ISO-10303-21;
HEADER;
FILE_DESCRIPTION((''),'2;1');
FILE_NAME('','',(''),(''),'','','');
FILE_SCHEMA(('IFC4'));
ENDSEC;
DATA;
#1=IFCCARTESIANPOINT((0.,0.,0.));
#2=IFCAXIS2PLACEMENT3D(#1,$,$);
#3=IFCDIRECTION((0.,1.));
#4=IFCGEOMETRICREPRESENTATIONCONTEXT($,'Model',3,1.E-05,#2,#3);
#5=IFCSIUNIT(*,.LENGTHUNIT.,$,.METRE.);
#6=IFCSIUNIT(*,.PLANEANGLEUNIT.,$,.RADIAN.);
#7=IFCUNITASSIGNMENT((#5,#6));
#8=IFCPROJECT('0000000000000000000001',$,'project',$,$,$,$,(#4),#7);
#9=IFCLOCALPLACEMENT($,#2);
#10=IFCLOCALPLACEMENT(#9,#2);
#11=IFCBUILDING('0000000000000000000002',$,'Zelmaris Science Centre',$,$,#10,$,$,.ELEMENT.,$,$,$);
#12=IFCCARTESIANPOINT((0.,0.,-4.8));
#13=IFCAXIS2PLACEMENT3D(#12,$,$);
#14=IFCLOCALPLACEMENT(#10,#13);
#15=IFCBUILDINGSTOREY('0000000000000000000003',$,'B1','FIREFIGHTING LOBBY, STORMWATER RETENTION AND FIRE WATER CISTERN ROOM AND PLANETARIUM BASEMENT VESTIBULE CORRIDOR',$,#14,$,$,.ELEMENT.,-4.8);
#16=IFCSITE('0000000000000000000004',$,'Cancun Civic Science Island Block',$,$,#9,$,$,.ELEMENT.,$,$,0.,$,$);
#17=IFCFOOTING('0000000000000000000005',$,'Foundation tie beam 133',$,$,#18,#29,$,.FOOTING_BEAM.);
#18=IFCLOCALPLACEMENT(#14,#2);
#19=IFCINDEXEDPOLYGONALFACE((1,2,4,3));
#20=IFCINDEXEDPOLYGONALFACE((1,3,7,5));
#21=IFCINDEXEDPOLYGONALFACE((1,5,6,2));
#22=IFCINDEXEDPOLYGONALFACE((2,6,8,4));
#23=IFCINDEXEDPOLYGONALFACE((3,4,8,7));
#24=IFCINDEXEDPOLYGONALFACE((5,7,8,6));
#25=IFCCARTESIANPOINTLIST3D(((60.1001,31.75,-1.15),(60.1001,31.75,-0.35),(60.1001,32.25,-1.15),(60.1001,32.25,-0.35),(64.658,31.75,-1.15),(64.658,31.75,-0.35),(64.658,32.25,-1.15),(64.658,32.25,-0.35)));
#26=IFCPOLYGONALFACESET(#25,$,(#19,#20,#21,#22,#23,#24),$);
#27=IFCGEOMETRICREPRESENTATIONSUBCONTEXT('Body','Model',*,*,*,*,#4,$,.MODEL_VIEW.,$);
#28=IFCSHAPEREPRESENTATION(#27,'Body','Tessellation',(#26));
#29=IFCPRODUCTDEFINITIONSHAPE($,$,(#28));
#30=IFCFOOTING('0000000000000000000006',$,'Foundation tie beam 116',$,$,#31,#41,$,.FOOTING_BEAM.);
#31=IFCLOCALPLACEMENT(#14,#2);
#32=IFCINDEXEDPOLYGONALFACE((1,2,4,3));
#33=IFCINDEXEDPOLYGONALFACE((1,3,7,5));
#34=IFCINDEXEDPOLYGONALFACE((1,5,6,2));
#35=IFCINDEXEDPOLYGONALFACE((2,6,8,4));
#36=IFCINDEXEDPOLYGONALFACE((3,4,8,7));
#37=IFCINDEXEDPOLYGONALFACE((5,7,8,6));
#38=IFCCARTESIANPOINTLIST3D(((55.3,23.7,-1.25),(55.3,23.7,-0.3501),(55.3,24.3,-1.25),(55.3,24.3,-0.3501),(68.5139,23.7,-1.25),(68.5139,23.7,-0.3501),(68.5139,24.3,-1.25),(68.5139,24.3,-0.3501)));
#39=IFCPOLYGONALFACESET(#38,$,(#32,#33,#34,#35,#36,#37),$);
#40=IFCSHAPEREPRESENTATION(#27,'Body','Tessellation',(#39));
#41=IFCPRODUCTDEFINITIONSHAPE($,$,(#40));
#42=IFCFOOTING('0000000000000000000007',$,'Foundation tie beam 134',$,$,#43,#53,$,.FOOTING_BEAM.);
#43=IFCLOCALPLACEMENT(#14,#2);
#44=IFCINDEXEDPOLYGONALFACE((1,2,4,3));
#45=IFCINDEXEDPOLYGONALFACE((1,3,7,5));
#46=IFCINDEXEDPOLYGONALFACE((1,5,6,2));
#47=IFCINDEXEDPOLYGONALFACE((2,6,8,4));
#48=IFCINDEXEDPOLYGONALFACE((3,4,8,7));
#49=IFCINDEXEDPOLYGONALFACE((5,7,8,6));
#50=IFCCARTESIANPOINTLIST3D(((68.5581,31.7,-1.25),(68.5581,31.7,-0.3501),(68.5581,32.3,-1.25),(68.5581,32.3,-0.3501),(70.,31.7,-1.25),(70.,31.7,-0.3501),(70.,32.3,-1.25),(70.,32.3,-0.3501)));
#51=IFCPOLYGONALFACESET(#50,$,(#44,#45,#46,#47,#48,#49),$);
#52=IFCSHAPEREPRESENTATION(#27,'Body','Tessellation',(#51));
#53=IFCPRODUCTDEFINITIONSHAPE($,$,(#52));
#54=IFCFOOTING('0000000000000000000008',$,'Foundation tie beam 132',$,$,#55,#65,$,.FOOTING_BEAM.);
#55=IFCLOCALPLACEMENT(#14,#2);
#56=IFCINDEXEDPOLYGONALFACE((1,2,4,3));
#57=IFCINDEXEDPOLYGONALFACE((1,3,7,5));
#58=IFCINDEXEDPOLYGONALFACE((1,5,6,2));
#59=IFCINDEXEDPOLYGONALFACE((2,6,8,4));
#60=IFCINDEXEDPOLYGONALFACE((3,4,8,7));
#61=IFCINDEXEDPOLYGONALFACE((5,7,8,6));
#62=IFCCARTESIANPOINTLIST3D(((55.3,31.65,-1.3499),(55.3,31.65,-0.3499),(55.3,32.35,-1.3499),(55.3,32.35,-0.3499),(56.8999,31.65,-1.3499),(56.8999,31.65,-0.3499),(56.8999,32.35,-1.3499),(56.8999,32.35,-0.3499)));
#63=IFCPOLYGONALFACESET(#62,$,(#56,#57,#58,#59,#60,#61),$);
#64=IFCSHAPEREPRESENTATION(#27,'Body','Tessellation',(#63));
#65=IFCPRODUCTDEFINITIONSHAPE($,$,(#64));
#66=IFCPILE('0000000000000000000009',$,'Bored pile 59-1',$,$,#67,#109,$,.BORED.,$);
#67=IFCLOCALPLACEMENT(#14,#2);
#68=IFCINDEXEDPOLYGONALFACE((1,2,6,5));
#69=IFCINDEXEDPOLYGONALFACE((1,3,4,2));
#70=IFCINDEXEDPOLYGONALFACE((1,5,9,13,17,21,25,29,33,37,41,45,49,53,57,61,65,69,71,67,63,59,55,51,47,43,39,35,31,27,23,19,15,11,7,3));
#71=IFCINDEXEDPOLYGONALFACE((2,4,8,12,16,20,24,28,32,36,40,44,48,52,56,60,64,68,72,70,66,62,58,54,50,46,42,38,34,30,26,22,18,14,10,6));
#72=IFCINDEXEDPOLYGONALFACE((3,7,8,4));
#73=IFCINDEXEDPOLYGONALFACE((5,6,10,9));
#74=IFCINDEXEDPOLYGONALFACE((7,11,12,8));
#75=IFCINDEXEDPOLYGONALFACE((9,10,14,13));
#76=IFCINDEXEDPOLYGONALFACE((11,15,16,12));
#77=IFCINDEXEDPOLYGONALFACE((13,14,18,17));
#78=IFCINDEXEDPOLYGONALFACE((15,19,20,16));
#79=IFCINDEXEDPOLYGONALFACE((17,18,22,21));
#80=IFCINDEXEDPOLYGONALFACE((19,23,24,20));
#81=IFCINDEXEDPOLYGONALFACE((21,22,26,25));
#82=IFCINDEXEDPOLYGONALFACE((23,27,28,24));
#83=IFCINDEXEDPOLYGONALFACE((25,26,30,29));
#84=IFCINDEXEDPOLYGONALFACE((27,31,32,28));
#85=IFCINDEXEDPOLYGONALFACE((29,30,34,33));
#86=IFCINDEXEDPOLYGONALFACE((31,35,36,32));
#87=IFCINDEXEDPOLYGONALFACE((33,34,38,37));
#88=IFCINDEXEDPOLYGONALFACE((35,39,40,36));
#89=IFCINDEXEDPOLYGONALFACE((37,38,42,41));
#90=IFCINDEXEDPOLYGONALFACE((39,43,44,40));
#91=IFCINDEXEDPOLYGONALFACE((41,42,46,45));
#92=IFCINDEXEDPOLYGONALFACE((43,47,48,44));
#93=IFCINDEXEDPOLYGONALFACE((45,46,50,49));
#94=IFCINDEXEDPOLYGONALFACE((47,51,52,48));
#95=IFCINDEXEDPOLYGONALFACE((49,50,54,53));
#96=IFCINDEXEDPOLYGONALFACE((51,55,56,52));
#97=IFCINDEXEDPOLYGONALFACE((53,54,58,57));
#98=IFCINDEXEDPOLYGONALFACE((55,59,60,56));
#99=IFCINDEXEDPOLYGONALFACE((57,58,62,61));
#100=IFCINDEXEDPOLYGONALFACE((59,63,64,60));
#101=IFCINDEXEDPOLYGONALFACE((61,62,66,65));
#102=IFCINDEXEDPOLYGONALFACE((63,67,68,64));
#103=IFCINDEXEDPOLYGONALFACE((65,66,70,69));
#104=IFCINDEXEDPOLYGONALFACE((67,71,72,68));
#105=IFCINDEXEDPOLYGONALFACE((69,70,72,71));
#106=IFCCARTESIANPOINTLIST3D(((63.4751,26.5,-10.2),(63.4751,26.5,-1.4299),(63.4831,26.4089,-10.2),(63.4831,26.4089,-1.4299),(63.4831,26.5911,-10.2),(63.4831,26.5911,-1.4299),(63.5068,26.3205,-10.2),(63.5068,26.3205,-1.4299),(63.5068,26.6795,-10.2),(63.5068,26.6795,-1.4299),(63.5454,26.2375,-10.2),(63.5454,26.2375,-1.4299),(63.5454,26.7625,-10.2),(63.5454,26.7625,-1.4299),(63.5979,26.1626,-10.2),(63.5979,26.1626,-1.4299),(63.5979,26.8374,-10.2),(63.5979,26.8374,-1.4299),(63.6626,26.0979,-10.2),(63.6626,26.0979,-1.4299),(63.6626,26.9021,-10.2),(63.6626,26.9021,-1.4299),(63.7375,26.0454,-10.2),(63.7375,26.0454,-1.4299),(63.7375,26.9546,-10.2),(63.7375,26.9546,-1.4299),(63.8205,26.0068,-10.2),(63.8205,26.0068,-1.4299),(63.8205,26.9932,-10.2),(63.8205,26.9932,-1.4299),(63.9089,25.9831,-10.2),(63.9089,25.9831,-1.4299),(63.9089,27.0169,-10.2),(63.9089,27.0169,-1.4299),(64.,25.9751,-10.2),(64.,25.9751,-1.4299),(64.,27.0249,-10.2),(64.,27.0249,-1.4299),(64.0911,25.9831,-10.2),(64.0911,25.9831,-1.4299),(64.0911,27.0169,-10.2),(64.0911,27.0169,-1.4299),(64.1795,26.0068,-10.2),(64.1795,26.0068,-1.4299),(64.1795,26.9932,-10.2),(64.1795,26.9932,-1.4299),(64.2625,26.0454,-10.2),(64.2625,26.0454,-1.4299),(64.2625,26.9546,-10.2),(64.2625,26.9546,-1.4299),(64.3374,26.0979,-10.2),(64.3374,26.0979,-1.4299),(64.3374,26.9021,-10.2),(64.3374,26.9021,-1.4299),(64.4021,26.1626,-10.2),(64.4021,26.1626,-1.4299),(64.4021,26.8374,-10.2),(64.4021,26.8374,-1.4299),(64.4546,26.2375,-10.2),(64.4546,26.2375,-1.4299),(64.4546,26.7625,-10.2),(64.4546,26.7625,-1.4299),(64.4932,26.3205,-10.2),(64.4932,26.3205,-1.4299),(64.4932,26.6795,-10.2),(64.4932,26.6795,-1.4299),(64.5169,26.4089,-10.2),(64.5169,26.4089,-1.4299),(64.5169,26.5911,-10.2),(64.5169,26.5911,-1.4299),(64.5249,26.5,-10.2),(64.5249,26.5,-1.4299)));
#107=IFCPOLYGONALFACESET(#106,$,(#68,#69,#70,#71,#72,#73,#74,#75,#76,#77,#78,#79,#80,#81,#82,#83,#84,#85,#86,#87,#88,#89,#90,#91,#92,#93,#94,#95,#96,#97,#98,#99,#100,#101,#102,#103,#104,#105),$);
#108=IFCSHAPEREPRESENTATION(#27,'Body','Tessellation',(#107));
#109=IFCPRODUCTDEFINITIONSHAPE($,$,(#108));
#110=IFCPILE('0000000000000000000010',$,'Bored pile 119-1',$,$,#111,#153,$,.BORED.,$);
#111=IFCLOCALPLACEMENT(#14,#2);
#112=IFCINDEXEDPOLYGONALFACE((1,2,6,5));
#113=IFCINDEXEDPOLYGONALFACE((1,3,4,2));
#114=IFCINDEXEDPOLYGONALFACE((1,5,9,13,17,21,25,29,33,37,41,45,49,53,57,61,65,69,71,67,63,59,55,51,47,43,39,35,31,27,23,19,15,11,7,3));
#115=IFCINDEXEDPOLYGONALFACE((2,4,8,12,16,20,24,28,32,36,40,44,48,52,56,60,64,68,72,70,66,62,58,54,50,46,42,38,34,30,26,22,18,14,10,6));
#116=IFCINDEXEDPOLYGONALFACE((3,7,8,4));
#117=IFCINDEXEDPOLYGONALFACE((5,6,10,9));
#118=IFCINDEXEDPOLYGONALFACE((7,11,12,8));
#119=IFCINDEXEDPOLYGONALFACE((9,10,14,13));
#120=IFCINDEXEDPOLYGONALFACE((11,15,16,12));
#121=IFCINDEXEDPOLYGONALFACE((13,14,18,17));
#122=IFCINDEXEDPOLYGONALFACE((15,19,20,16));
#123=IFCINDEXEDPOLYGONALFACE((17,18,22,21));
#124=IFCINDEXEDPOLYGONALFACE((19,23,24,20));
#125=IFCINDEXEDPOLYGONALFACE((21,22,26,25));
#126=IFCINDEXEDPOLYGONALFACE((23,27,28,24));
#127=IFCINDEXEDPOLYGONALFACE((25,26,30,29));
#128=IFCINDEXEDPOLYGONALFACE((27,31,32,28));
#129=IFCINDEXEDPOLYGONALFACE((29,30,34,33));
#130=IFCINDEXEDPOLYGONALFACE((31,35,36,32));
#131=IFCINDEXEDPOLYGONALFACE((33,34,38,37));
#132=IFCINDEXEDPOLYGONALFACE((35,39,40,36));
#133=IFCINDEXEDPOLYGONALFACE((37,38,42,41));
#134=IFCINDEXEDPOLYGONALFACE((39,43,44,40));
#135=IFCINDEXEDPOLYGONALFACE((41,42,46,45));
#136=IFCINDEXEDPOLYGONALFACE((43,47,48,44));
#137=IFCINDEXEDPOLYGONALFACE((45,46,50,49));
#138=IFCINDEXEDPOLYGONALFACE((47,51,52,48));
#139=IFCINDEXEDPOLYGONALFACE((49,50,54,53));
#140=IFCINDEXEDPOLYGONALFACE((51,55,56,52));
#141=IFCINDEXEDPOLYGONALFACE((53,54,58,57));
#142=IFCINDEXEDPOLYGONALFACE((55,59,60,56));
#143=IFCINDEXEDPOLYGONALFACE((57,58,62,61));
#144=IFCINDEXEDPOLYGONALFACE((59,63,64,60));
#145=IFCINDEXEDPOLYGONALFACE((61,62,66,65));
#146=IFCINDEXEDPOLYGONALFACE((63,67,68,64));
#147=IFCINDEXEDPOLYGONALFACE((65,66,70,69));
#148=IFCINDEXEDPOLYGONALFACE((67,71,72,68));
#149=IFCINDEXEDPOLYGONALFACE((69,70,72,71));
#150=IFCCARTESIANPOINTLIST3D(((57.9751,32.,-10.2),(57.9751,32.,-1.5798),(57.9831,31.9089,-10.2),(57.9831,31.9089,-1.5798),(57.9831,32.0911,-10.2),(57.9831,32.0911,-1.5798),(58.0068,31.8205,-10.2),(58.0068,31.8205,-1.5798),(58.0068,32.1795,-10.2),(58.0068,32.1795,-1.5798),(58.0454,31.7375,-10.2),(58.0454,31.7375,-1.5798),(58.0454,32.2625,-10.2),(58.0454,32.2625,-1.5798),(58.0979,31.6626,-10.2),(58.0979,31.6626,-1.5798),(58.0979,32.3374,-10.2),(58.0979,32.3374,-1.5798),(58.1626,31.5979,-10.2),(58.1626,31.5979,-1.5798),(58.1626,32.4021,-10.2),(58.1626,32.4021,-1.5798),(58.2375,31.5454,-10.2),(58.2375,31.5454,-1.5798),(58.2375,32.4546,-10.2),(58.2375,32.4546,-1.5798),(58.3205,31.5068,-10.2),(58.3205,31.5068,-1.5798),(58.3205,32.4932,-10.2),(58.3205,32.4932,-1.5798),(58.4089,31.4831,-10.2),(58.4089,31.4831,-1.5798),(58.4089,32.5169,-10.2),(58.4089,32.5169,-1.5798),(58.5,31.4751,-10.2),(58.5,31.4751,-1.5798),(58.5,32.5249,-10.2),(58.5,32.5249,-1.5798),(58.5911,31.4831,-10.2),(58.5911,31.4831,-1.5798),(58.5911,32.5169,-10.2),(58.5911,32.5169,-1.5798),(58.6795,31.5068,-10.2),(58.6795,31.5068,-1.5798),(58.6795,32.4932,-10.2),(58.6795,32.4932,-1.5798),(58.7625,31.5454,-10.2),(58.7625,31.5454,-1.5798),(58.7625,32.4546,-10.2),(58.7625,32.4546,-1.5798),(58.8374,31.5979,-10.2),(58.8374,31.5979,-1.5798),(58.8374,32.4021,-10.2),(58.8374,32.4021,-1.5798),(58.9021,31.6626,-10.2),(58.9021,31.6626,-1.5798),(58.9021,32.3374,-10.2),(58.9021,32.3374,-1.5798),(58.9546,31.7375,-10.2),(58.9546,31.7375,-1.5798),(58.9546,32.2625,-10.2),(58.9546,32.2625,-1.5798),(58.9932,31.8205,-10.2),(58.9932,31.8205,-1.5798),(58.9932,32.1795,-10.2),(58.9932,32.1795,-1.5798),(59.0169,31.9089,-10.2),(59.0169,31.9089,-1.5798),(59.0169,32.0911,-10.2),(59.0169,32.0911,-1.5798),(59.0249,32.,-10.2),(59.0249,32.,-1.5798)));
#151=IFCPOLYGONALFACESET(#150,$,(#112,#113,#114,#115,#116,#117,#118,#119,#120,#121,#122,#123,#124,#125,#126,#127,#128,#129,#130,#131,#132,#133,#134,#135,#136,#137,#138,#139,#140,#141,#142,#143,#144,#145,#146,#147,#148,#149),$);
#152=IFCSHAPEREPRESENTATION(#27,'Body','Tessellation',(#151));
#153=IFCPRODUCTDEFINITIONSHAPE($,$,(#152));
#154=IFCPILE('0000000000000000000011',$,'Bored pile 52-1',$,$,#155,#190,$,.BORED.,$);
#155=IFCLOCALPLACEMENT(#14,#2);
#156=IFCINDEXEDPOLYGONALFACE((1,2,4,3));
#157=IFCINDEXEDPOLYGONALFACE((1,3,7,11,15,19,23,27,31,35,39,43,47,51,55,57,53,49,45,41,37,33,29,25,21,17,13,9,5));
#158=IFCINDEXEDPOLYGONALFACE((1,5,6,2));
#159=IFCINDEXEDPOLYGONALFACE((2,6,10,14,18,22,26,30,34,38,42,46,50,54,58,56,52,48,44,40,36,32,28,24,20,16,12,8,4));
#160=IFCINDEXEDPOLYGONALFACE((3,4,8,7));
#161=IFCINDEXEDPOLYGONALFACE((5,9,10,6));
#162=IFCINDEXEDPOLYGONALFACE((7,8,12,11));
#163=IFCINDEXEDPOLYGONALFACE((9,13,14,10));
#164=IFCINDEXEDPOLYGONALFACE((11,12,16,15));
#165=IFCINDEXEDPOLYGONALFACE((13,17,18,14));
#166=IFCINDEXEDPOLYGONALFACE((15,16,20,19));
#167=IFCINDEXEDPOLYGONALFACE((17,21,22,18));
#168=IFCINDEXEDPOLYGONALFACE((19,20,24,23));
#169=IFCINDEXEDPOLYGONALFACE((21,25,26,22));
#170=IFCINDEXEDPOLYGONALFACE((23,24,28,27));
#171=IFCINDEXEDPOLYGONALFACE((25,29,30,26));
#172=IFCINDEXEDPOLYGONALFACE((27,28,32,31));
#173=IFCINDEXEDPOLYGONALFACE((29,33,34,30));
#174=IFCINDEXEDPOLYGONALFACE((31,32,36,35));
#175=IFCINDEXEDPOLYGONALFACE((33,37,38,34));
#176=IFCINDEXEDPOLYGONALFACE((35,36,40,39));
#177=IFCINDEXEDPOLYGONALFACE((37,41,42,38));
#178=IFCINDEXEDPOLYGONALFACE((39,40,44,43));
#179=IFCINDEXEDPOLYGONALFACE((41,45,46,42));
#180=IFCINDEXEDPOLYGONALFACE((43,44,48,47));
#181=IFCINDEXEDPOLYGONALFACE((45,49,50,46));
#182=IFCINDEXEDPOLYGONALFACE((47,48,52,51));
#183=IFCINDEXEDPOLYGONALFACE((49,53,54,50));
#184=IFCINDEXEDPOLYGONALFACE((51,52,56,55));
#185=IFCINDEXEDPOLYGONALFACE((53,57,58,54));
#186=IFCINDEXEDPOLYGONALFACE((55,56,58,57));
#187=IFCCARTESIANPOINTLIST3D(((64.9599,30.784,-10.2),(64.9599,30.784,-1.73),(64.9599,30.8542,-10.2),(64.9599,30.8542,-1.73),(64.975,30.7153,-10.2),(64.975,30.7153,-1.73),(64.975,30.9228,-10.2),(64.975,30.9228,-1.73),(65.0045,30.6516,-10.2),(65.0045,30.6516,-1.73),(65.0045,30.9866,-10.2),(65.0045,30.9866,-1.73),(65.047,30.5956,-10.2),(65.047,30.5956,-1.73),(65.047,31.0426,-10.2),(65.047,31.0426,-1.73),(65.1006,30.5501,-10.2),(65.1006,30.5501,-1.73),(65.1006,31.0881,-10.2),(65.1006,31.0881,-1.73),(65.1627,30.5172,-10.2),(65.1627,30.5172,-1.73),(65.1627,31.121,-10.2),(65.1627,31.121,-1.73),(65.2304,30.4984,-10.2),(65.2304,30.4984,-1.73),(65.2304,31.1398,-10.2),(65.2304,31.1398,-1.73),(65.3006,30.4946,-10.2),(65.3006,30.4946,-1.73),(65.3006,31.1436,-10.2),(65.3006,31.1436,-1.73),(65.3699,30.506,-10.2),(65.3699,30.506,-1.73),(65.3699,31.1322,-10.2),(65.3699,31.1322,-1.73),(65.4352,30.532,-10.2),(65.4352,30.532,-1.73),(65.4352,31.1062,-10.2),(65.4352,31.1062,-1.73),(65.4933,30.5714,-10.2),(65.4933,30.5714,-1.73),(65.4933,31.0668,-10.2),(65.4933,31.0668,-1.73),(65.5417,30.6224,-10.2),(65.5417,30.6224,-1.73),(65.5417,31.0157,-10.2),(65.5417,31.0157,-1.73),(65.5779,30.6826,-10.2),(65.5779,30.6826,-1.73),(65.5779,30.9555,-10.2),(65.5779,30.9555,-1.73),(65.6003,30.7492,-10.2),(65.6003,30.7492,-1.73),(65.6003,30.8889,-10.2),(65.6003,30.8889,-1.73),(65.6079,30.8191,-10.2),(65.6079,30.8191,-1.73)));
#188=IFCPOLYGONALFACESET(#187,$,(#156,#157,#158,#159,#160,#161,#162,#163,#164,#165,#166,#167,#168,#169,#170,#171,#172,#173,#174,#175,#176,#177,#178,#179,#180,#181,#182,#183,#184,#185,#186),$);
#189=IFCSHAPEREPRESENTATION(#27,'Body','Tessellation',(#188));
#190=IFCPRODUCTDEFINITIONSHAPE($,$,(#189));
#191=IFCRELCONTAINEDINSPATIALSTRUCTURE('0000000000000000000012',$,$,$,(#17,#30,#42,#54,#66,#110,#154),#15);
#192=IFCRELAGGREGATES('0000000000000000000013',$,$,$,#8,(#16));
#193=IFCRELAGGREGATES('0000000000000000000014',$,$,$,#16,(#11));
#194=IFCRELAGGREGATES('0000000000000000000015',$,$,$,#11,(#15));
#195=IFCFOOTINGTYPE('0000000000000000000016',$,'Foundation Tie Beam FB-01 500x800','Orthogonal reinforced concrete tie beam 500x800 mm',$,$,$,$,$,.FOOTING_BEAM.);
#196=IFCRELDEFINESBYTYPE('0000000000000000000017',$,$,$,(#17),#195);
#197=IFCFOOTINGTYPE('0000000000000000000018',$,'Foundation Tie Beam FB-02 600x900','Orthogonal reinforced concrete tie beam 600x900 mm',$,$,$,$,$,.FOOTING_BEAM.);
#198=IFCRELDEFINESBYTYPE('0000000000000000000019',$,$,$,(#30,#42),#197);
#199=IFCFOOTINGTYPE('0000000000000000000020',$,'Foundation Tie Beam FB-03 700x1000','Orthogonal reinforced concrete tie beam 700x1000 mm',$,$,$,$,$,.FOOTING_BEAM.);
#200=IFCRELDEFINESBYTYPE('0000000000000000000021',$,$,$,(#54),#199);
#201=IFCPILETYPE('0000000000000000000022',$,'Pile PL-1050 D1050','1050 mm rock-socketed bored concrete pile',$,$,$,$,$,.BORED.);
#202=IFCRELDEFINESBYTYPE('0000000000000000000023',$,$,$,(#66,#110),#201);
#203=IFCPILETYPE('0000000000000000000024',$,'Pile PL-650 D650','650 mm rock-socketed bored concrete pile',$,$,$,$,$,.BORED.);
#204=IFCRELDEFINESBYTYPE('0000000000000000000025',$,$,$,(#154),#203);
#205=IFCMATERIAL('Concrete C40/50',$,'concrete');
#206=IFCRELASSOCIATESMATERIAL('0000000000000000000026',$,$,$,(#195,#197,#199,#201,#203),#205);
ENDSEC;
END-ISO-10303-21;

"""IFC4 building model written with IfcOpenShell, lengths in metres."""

from ifc_helpers import new_model, si_unit, direction, frame, origin, origin_2d, place, context, subcontext, project, spatial, rectangle, circle, extrude, material, material_profile, profile_set, type_object, element, save


model = new_model("IFC4")

# Units and contexts
model_context = context("Model", 3, precision=1e-05, world=origin(), true_north=direction((0.0, 1.0)))
body_context = subcontext(model_context, "Body", "Model", "MODEL_VIEW")
ifc_project = project(units=[si_unit("LENGTHUNIT", "METRE"), si_unit("PLANEANGLEUNIT", "RADIAN")], contexts=[model_context])

# Site, building, storey
site_placement = place(None, origin())
site = spatial("IfcSite", under=ifc_project, at=site_placement, Name="Cancun Civic Science Island Block", CompositionType="ELEMENT", RefElevation=0.0)
building_placement = place(site_placement, origin())
building = spatial("IfcBuilding", under=site, at=building_placement, Name="Zelmaris Science Centre", CompositionType="ELEMENT")
storey_placement = place(building_placement, frame((0.0, 0.0, -4.8)))
storey = spatial("IfcBuildingStorey", under=building, at=storey_placement, Name="B1", Description="FIREFIGHTING LOBBY, STORMWATER RETENTION AND FIRE WATER CISTERN ROOM AND PLANETARIUM BASEMENT VESTIBULE CORRIDOR", CompositionType="ELEMENT", Elevation=-4.8)

# Footings
ifc_material_1 = material(Name="Concrete C40/50", Category="concrete")
ifc_material_profile_1 = material_profile(ifc_material_1, rectangle(XDim=0.5, YDim=0.8, at=origin_2d()), Name="FB-500X800")
ifc_profile_set_1 = profile_set([ifc_material_profile_1], Name="Concrete C40/50")
footing_type_1 = type_object("IfcFootingType", Name="Foundation Tie Beam FB-01 500x800", Description="Orthogonal reinforced concrete tie beam 500x800 mm", PredefinedType="FOOTING_BEAM", material=ifc_profile_set_1)
footing_1_placement = place(storey_placement, frame((60.1001, 32.0, -0.75), z_axis=(1.0, 0.0, 0.0), x_axis=(0.0, 1.0, 0.0)))
element("IfcFooting", 1, at=footing_1_placement, inside=storey, type_object=footing_type_1, Name="Foundation tie beam 133", PredefinedType="FOOTING_BEAM", context=body_context, shape_type="SweptSolid", body=[
    extrude(rectangle(XDim=0.5, YDim=0.8, at=origin_2d()), origin(), (0.0, 0.0, 1.0), 4.5579),
])
ifc_material_profile_2 = material_profile(ifc_material_1, rectangle(XDim=0.6001, YDim=0.8999, at=origin_2d()), Name="FB-600X900")
ifc_profile_set_2 = profile_set([ifc_material_profile_2], Name="Concrete C40/50")
footing_type_2 = type_object("IfcFootingType", Name="Foundation Tie Beam FB-02 600x900", Description="Orthogonal reinforced concrete tie beam 600x900 mm", PredefinedType="FOOTING_BEAM", material=ifc_profile_set_2)
footing_2_placement = place(storey_placement, frame((55.3, 24.0, -0.8), z_axis=(1.0, 0.0, 0.0), x_axis=(0.0, 1.0, 0.0)))
element("IfcFooting", 2, at=footing_2_placement, inside=storey, type_object=footing_type_2, Name="Foundation tie beam 116", PredefinedType="FOOTING_BEAM", context=body_context, shape_type="SweptSolid", body=[
    extrude(rectangle(XDim=0.6001, YDim=0.8999, at=origin_2d()), origin(), (0.0, 0.0, 1.0), 13.2139),
])
footing_3_placement = place(storey_placement, frame((68.5581, 32.0, -0.8), z_axis=(1.0, 0.0, 0.0), x_axis=(0.0, 1.0, 0.0)))
element("IfcFooting", 3, at=footing_3_placement, inside=storey, type_object=footing_type_2, Name="Foundation tie beam 134", PredefinedType="FOOTING_BEAM", context=body_context, shape_type="SweptSolid", body=[
    extrude(rectangle(XDim=0.6001, YDim=0.8999, at=origin_2d()), origin(), (0.0, 0.0, 1.0), 1.4419),
])
ifc_material_profile_3 = material_profile(ifc_material_1, rectangle(XDim=0.7, YDim=1.0, at=origin_2d()), Name="FB-700X1000")
ifc_profile_set_3 = profile_set([ifc_material_profile_3], Name="Concrete C40/50")
footing_type_3 = type_object("IfcFootingType", Name="Foundation Tie Beam FB-03 700x1000", Description="Orthogonal reinforced concrete tie beam 700x1000 mm", PredefinedType="FOOTING_BEAM", material=ifc_profile_set_3)
footing_4_placement = place(storey_placement, frame((55.3, 32.0, -0.8499), z_axis=(1.0, 0.0, 0.0), x_axis=(0.0, 1.0, 0.0)))
element("IfcFooting", 4, at=footing_4_placement, inside=storey, type_object=footing_type_3, Name="Foundation tie beam 132", PredefinedType="FOOTING_BEAM", context=body_context, shape_type="SweptSolid", body=[
    extrude(rectangle(XDim=0.7, YDim=1.0, at=origin_2d()), origin(), (0.0, 0.0, 1.0), 1.5999),
])

# Piles
ifc_material_profile_4 = material_profile(ifc_material_1, circle(Radius=0.5249, at=origin_2d()), Name="PILE-1050")
ifc_profile_set_4 = profile_set([ifc_material_profile_4], Name="Concrete C40/50")
pile_type_1 = type_object("IfcPileType", Name="Pile PL-1050 D1050", Description="1050 mm rock-socketed bored concrete pile", PredefinedType="BORED", material=ifc_profile_set_4)
pile_1_placement = place(storey_placement, frame((64.0, 26.5, -1.4299), z_axis=(0.0, 0.0, -1.0), x_axis=(1.0, 0.0, 0.0)))
element("IfcPile", 5, at=pile_1_placement, inside=storey, type_object=pile_type_1, Name="Bored pile 59-1", PredefinedType="BORED", context=body_context, shape_type="SweptSolid", body=[
    extrude(circle(Radius=0.5249, at=origin_2d()), origin(), (0.0, 0.0, 1.0), 8.77),
])
pile_2_placement = place(storey_placement, frame((58.5, 32.0, -1.5798), z_axis=(0.0, 0.0, -1.0), x_axis=(1.0, 0.0, 0.0)))
element("IfcPile", 6, at=pile_2_placement, inside=storey, type_object=pile_type_1, Name="Bored pile 119-1", PredefinedType="BORED", context=body_context, shape_type="SweptSolid", body=[
    extrude(circle(Radius=0.5249, at=origin_2d()), origin(), (0.0, 0.0, 1.0), 8.6201),
])
ifc_material_profile_5 = material_profile(ifc_material_1, circle(Radius=0.325, at=origin_2d()), Name="PILE-650")
ifc_profile_set_5 = profile_set([ifc_material_profile_5], Name="Concrete C40/50")
pile_type_2 = type_object("IfcPileType", Name="Pile PL-650 D650", Description="650 mm rock-socketed bored concrete pile", PredefinedType="BORED", material=ifc_profile_set_5)
for number, where, z_axis, x_axis, name in (
    (7, (65.283, 30.8191, -1.73), (0.0, 0.0, -1.0), (1.0, 0.0, 0.0), "Bored pile 52-1"),
):
    element("IfcPile", number, at=place(storey_placement, frame(where, z_axis=z_axis, x_axis=x_axis)), inside=storey, type_object=pile_type_2, Name=name, PredefinedType="BORED", context=body_context, shape_type="SweptSolid", body=[
        extrude(circle(Radius=0.325, at=origin_2d()), origin(), (0.0, 0.0, 1.0), 8.47),
    ])

save(model, "model.ifc")
